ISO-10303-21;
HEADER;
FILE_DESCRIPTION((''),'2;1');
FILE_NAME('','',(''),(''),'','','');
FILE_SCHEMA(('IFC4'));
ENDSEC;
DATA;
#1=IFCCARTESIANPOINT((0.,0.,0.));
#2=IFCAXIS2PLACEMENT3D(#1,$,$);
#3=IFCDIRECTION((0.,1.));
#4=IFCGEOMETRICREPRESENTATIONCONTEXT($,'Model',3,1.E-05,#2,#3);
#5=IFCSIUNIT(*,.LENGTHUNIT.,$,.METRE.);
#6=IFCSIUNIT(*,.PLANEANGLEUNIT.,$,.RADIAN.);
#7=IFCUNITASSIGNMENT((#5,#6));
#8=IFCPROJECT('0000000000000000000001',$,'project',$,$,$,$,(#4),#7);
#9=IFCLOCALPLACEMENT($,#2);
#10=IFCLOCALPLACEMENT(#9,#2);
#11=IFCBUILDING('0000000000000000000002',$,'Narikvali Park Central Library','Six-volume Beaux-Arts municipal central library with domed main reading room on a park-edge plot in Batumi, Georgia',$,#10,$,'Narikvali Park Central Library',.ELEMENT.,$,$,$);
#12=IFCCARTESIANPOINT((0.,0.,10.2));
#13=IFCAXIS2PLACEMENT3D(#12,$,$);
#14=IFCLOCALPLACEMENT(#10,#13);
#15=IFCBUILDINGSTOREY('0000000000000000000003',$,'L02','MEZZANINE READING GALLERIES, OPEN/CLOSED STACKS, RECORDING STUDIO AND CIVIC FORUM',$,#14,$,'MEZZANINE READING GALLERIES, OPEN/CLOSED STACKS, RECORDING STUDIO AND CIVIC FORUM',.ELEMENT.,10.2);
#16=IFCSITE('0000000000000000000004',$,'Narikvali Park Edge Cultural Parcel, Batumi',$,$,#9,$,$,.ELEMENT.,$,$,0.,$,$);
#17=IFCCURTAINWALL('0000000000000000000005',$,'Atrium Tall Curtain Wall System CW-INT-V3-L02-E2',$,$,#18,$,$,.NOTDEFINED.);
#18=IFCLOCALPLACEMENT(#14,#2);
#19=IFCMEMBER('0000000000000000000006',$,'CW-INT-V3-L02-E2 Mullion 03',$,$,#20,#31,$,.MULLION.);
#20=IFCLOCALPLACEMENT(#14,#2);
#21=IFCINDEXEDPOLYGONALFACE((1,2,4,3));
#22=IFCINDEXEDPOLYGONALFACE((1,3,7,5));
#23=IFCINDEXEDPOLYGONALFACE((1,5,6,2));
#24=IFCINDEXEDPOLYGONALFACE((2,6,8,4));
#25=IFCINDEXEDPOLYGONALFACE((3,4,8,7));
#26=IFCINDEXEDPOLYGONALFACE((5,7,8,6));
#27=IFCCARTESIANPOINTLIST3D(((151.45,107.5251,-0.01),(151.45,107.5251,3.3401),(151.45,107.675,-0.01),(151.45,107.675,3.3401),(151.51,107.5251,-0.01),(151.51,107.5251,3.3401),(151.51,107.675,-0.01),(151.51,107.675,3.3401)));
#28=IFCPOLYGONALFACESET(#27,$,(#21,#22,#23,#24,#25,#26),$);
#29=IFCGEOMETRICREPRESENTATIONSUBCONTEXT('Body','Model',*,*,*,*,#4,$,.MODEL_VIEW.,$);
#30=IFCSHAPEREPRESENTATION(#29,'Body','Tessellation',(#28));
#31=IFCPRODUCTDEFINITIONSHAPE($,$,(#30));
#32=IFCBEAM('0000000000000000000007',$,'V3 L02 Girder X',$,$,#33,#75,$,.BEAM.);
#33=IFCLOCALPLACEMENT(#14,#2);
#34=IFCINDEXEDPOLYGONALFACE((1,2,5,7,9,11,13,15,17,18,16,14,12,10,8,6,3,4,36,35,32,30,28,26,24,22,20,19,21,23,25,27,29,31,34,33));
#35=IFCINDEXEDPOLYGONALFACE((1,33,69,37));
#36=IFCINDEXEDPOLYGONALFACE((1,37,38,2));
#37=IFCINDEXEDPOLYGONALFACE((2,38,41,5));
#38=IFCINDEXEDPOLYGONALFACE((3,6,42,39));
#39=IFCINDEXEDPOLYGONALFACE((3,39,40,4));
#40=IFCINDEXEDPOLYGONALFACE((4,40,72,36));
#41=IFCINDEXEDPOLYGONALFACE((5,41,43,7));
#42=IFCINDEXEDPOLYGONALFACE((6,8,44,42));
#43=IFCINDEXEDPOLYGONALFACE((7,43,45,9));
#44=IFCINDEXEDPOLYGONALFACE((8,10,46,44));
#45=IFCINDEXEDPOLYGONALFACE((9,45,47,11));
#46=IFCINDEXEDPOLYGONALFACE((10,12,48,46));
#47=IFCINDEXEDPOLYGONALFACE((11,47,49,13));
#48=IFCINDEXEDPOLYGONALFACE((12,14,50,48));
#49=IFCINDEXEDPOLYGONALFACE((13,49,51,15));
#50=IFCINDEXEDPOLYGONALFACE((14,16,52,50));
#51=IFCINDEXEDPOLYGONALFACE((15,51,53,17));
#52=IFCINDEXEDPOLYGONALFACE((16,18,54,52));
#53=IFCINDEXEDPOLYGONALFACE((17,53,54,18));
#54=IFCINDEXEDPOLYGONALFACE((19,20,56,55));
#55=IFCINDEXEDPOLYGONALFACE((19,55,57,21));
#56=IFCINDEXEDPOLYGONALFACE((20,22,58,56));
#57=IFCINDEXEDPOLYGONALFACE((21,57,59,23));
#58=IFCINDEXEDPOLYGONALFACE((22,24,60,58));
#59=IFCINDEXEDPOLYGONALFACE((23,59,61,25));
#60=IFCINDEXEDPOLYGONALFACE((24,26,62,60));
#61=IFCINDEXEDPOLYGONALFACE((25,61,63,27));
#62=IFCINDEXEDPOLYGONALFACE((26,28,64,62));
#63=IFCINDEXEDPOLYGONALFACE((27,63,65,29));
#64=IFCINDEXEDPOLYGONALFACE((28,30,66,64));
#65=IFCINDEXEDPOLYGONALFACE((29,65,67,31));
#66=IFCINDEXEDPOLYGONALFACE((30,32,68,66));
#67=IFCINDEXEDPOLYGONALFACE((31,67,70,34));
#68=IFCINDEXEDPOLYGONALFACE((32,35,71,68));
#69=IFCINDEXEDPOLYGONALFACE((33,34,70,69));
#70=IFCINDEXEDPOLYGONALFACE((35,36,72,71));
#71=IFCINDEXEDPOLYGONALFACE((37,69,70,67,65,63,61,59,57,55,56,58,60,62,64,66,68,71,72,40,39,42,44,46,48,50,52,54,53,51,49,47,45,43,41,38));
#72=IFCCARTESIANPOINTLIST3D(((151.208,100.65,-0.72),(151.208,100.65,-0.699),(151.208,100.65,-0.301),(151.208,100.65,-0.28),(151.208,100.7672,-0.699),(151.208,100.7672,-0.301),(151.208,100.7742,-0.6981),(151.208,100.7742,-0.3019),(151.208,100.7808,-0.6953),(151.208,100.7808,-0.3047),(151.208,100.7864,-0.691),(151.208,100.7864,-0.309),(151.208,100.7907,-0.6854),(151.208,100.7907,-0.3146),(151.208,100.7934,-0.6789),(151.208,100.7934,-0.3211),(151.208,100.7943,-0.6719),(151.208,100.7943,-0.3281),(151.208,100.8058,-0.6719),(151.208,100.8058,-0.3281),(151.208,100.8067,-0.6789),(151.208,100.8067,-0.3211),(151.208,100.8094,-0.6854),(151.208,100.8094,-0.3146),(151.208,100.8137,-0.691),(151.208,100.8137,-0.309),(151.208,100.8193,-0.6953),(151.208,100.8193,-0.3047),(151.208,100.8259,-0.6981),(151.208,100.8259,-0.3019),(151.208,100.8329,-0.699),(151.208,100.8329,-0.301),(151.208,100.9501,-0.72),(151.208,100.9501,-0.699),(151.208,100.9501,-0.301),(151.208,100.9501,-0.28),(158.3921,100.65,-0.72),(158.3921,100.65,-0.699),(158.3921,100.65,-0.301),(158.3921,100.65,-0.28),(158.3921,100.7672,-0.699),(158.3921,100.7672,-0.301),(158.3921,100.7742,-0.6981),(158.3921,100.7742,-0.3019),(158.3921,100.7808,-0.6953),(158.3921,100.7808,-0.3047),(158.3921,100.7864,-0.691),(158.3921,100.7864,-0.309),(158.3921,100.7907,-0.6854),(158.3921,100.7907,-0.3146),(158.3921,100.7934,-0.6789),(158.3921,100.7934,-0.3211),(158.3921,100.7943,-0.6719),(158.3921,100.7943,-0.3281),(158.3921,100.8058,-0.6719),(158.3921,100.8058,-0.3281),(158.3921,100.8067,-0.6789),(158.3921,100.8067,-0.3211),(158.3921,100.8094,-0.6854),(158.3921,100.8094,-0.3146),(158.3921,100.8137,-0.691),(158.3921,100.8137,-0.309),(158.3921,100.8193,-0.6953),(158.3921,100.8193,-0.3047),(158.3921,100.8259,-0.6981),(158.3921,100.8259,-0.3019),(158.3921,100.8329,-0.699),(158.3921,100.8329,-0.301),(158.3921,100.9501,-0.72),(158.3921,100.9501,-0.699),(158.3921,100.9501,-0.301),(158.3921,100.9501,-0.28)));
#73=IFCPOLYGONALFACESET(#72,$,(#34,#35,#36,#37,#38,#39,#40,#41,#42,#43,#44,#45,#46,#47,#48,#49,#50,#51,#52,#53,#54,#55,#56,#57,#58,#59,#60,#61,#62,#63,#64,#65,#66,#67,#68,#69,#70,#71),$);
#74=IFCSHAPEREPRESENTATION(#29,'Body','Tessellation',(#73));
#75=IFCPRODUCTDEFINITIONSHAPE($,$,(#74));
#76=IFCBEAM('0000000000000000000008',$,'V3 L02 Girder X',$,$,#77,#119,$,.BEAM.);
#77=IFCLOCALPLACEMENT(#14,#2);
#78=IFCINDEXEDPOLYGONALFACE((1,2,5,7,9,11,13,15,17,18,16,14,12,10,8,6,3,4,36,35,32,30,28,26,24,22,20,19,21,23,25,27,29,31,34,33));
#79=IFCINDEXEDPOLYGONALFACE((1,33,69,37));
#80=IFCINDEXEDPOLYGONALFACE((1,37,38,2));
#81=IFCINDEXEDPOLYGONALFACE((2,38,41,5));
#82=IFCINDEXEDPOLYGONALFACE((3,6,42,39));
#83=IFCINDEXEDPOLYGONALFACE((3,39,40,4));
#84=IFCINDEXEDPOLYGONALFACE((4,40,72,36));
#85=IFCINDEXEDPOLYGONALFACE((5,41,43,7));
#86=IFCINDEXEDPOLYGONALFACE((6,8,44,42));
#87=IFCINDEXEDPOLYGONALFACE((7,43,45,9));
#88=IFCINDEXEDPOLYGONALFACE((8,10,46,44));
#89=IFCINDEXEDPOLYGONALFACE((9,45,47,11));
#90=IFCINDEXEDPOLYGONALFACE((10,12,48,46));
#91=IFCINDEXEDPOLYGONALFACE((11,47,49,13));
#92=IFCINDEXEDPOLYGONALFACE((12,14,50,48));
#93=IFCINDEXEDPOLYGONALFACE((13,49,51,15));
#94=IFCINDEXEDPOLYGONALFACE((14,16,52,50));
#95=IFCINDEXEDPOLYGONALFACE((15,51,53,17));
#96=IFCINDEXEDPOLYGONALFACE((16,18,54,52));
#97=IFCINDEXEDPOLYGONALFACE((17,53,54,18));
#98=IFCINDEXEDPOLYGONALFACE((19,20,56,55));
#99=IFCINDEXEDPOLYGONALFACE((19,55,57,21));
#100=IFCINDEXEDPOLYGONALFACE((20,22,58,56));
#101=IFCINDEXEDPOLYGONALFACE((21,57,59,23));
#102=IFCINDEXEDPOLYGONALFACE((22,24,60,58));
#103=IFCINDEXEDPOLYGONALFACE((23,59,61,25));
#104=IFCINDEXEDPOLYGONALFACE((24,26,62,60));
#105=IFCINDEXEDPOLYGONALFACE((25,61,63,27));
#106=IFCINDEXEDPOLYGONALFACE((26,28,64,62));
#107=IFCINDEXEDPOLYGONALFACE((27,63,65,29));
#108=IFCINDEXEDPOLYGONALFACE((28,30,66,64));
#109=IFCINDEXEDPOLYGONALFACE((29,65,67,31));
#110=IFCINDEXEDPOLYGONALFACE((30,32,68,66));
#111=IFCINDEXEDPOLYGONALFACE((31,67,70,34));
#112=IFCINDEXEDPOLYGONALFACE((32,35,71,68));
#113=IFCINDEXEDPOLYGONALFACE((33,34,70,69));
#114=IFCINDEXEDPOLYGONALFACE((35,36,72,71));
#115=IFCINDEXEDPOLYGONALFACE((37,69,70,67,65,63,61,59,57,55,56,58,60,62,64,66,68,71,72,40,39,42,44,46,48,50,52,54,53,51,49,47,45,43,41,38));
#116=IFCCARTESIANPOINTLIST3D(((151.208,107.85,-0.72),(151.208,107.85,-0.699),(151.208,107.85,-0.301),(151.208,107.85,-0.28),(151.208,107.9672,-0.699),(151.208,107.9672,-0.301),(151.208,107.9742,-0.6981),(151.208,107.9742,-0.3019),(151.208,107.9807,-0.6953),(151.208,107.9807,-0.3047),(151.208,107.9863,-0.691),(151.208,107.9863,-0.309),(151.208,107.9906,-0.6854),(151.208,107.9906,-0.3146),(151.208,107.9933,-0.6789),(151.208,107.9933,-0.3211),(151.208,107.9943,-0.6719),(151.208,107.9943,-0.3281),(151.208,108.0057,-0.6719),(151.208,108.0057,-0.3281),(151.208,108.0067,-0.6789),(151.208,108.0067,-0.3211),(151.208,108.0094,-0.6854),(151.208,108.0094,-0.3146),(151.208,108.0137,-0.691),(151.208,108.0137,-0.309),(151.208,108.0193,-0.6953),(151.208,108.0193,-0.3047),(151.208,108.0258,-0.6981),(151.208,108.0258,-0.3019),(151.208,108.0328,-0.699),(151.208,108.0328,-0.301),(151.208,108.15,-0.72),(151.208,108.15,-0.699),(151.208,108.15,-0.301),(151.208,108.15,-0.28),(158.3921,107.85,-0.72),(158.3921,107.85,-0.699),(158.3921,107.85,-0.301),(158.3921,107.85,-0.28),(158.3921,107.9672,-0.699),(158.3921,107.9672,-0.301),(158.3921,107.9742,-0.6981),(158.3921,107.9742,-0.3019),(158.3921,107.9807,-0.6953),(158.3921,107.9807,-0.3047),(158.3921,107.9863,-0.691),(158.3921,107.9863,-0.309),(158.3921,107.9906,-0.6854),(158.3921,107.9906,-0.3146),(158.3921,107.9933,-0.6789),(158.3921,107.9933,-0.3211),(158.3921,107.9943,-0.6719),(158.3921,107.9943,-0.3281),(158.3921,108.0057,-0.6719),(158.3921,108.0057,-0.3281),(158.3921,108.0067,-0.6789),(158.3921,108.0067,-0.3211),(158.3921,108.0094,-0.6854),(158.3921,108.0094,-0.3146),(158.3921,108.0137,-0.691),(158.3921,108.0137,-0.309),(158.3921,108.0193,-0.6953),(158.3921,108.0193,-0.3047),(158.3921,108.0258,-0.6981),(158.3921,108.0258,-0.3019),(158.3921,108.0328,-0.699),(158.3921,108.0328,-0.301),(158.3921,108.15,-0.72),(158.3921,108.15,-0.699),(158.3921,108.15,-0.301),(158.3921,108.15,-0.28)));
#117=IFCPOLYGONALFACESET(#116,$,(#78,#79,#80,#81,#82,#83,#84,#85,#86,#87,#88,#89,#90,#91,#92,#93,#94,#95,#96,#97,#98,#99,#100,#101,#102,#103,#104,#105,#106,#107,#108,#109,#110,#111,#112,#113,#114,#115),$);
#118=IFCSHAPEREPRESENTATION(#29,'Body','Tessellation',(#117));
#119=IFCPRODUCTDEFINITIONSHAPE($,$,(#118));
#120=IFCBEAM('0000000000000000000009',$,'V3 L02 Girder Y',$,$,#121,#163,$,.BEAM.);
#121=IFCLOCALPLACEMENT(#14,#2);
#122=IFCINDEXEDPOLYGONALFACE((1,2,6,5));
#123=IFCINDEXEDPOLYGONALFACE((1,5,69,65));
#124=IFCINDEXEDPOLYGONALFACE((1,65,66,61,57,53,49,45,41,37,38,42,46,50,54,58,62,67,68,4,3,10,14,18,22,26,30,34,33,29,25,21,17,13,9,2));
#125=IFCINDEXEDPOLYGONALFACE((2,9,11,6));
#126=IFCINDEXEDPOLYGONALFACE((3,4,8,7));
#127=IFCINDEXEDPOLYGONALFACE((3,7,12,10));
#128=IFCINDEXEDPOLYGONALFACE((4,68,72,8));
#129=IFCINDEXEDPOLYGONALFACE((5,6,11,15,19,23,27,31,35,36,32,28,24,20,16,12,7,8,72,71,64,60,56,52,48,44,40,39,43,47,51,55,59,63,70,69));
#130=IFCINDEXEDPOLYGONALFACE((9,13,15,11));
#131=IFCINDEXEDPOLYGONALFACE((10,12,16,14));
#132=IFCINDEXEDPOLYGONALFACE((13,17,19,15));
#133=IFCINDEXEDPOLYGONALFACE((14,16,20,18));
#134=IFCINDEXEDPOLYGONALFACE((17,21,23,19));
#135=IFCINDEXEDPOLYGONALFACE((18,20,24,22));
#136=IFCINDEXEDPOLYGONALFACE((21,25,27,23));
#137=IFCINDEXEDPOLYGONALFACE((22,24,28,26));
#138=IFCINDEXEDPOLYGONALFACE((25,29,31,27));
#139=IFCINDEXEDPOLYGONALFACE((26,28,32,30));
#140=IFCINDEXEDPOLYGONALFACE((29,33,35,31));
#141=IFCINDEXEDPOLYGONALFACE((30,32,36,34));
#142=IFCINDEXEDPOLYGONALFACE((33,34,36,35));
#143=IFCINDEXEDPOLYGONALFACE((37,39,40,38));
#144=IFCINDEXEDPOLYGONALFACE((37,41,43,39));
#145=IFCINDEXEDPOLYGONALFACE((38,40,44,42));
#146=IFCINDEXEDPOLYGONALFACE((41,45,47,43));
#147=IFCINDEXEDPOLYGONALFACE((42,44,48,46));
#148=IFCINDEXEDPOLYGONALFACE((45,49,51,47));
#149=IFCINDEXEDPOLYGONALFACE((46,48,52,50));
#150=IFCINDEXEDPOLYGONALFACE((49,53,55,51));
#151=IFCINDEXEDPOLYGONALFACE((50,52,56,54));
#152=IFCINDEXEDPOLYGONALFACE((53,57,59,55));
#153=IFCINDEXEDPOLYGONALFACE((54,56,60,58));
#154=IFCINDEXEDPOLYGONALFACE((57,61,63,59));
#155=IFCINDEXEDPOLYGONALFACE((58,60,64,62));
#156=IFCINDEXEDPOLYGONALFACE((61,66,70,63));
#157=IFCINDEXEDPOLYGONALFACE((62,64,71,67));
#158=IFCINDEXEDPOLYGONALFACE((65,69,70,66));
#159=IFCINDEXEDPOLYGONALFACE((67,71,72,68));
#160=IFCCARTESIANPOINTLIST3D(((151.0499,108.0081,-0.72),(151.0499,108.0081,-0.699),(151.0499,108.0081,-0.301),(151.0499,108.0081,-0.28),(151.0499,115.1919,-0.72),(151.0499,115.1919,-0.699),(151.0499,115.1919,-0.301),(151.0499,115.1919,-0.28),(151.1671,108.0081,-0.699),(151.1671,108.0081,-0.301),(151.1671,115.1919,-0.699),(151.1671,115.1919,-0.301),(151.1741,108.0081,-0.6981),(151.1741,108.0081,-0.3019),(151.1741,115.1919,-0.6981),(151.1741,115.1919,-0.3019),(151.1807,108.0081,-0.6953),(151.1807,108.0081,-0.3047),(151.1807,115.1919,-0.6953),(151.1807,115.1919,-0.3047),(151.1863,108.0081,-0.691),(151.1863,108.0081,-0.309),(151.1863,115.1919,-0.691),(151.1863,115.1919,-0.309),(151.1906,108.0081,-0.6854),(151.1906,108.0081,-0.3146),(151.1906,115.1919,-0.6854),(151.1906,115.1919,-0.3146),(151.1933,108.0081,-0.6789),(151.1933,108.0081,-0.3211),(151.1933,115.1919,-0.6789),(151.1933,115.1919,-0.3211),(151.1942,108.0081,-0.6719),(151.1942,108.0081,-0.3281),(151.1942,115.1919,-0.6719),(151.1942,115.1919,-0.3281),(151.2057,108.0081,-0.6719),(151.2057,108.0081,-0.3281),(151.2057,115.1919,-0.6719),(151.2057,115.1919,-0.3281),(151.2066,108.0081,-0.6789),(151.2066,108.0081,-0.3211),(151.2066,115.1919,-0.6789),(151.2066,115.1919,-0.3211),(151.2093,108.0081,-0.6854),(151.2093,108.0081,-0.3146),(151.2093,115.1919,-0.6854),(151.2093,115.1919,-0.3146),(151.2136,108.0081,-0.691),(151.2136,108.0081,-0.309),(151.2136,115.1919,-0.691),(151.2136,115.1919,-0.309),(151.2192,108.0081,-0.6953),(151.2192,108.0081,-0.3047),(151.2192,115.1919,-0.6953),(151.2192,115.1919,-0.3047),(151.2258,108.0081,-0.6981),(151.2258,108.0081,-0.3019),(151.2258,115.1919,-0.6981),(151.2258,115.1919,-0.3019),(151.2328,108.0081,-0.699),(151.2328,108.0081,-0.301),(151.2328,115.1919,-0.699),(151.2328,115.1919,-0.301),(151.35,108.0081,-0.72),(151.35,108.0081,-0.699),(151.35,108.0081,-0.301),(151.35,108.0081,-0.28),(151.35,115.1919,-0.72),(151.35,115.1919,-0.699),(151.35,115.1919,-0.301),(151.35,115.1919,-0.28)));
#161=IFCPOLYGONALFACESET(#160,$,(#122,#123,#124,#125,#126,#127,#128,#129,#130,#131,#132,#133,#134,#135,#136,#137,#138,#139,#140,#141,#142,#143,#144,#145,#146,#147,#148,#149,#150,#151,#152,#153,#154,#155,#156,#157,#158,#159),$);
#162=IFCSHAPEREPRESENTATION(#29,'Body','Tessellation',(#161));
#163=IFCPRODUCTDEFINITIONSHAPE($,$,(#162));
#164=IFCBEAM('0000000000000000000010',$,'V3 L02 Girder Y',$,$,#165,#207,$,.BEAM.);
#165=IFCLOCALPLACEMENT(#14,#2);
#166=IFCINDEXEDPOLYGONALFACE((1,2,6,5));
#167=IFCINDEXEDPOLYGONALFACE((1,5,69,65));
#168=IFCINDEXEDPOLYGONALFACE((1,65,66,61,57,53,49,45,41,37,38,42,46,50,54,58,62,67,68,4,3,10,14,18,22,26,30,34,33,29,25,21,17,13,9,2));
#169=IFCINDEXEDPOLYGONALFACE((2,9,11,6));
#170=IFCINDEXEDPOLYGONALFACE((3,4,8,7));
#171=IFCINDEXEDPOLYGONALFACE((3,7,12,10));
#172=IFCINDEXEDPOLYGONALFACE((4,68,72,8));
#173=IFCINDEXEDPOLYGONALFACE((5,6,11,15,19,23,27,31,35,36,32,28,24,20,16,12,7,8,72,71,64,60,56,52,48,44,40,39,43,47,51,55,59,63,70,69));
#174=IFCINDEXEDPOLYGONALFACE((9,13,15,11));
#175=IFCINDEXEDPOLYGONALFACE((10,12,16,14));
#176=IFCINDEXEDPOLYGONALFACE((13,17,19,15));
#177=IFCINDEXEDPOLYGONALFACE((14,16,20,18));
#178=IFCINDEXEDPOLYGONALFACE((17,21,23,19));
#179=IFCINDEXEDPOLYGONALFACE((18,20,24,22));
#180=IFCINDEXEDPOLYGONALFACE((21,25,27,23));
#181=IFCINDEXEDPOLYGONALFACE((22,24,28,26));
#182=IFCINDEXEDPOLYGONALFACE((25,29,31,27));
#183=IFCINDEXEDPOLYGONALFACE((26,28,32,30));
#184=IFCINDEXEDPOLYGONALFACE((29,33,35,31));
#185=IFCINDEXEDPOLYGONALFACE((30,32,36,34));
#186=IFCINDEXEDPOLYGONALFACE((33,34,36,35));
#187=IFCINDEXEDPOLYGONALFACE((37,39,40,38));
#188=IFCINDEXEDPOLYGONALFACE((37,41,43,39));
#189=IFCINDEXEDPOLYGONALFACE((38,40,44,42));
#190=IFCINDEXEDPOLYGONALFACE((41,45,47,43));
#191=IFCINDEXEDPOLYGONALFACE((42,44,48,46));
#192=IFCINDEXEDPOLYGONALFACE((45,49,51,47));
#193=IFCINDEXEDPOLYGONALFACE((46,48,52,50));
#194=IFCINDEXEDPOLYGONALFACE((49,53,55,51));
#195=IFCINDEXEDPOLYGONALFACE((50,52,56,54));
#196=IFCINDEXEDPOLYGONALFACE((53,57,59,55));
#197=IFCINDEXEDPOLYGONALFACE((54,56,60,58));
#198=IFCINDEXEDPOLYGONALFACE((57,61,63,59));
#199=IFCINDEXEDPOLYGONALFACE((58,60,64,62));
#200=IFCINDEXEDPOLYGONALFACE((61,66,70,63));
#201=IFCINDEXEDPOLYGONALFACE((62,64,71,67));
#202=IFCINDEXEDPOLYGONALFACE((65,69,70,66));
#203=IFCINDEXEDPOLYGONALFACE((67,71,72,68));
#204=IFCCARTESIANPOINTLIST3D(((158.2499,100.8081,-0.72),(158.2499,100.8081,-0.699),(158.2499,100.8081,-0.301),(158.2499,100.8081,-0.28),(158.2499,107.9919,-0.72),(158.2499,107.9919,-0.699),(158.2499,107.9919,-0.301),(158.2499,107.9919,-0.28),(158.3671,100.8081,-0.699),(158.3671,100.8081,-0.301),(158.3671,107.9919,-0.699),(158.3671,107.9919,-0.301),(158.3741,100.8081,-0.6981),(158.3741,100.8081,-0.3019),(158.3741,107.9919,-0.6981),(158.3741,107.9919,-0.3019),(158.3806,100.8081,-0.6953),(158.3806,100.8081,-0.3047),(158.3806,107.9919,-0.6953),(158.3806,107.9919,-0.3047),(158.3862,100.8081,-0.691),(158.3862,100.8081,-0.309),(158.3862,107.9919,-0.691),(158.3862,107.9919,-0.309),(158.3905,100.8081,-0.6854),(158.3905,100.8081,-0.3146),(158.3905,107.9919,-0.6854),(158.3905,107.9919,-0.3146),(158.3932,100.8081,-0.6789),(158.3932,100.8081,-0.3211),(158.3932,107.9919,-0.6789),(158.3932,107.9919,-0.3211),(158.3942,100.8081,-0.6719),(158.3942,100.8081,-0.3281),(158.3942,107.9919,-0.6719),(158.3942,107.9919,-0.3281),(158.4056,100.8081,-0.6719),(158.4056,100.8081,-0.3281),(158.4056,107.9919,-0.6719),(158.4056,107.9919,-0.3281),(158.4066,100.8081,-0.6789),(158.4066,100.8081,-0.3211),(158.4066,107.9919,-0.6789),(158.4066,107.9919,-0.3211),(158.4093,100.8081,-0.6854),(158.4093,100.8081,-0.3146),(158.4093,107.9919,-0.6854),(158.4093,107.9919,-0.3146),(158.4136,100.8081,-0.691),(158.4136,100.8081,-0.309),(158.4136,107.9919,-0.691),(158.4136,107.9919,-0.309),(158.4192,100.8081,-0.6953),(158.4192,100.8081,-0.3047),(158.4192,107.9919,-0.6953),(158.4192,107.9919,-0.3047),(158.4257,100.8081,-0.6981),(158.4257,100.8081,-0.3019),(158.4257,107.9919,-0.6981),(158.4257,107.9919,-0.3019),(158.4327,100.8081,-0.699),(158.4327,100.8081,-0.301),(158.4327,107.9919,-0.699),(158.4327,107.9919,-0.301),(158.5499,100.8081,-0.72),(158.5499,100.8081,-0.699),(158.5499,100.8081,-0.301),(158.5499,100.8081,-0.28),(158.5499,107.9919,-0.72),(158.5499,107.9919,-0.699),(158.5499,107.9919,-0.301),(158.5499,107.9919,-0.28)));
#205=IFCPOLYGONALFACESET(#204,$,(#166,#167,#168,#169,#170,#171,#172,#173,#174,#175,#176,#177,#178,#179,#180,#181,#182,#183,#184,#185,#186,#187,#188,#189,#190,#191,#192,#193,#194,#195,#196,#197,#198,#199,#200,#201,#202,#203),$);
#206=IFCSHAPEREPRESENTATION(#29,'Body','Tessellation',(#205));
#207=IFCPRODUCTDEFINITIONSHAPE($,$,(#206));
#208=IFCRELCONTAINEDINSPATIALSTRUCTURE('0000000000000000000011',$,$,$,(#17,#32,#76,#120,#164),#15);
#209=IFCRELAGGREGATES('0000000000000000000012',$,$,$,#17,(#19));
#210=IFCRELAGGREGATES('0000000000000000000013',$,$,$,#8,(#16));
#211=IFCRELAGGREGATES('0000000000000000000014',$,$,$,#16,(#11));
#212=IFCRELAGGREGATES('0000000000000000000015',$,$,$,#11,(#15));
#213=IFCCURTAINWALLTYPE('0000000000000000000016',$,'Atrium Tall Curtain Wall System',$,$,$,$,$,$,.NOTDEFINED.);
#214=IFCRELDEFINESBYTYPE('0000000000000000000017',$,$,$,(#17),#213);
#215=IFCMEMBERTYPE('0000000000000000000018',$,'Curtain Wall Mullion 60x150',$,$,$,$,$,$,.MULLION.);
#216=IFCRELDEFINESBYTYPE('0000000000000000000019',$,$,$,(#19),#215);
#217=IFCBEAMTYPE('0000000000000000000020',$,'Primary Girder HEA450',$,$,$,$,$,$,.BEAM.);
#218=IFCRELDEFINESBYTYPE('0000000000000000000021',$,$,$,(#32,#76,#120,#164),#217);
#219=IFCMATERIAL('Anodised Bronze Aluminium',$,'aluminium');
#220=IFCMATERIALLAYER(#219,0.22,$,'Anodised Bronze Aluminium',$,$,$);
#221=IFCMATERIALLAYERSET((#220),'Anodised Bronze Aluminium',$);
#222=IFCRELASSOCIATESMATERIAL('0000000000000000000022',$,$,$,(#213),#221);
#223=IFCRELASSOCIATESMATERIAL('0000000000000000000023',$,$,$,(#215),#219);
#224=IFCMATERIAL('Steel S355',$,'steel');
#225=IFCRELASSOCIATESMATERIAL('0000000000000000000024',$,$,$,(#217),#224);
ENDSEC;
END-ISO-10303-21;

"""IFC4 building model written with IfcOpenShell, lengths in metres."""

from ifc_helpers import new_model, si_unit, direction, frame, origin, origin_2d, place, context, subcontext, project, spatial, rectangle, i_section, extrude, material, layer, layer_set, material_profile, profile_set, type_object, element, aggregate, save


model = new_model("IFC4")

# Units and contexts
model_context = context("Model", 3, precision=1e-05, world=origin(), true_north=direction((0.0, 1.0)))
body_context = subcontext(model_context, "Body", "Model", "MODEL_VIEW")
ifc_project = project(units=[si_unit("LENGTHUNIT", "METRE"), si_unit("PLANEANGLEUNIT", "RADIAN")], contexts=[model_context])

# Site, building, storey
site_placement = place(None, origin())
site = spatial("IfcSite", under=ifc_project, at=site_placement, Name="Narikvali Park Edge Cultural Parcel, Batumi", CompositionType="ELEMENT", RefElevation=0.0)
building_placement = place(site_placement, origin())
building = spatial("IfcBuilding", under=site, at=building_placement, Name="Narikvali Park Central Library", Description="Six-volume Beaux-Arts municipal central library with domed main reading room on a park-edge plot in Batumi, Georgia", LongName="Narikvali Park Central Library", CompositionType="ELEMENT")
storey_placement = place(building_placement, frame((0.0, 0.0, 10.2)))
storey = spatial("IfcBuildingStorey", under=building, at=storey_placement, Name="L02", Description="MEZZANINE READING GALLERIES, OPEN/CLOSED STACKS, RECORDING STUDIO AND CIVIC FORUM", LongName="MEZZANINE READING GALLERIES, OPEN/CLOSED STACKS, RECORDING STUDIO AND CIVIC FORUM", CompositionType="ELEMENT", Elevation=10.2)

# Shared definitions
ifc_material_1 = material(Name="Steel S355", Category="steel")

# Curtain wall, member
ifc_material_2 = material(Name="Anodised Bronze Aluminium", Category="aluminium")
ifc_layer_1 = layer(ifc_material_2, 0.22, Name="Anodised Bronze Aluminium")
ifc_layer_set_1 = layer_set([ifc_layer_1], Name="Anodised Bronze Aluminium")
curtain_wall_type = type_object("IfcCurtainWallType", Name="Atrium Tall Curtain Wall System", PredefinedType="NOTDEFINED", material=ifc_layer_set_1)
curtain_wall_placement = place(storey_placement, origin())
curtain_wall = element("IfcCurtainWall", 1, at=curtain_wall_placement, inside=storey, type_object=curtain_wall_type, Name="Atrium Tall Curtain Wall System CW-INT-V3-L02-E2", PredefinedType="NOTDEFINED")
ifc_material_profile_1 = material_profile(ifc_material_2, rectangle(XDim=0.0601, YDim=0.1499, at=origin_2d()), Name="CW MULLION 60x150")
ifc_profile_set_1 = profile_set([ifc_material_profile_1], Name="Anodised Bronze Aluminium")
member_type_1 = type_object("IfcMemberType", Name="Curtain Wall Mullion 60x150", PredefinedType="MULLION", material=ifc_profile_set_1)
member_1_placement = place(storey_placement, frame((151.48, 107.6001, -0.01), z_axis=(0.0, 0.0, 1.0), x_axis=(1.0, 0.0, 0.0)))
member_1 = element("IfcMember", 2, at=member_1_placement, type_object=member_type_1, Name="CW-INT-V3-L02-E2 Mullion 03", PredefinedType="MULLION", context=body_context, shape_type="SweptSolid", body=[
    extrude(rectangle(XDim=0.0601, YDim=0.1499, at=origin_2d()), origin(), (0.0, 0.0, 1.0), 3.3501),
])

# Beams
ifc_material_profile_2 = material_profile(ifc_material_1, i_section(OverallWidth=0.3, OverallDepth=0.4399, WebThickness=0.0115, FlangeThickness=0.021, FilletRadius=0.0271, at=origin_2d()), Name="HEA 450")
ifc_profile_set_2 = profile_set([ifc_material_profile_2], Name="Steel S355")
beam_type_1 = type_object("IfcBeamType", Name="Primary Girder HEA450", PredefinedType="BEAM", material=ifc_profile_set_2)
for number, where, z_axis, x_axis, name in (
    (3, (151.208, 100.8, -0.5), (1.0, 0.0, 0.0), (0.0, 1.0, 0.0), "V3 L02 Girder X"),
    (4, (151.208, 108.0, -0.5), (1.0, 0.0, 0.0), (0.0, 1.0, 0.0), "V3 L02 Girder X"),
):
    element("IfcBeam", number, at=place(storey_placement, frame(where, z_axis=z_axis, x_axis=x_axis)), inside=storey, type_object=beam_type_1, Name=name, PredefinedType="BEAM", context=body_context, shape_type="SweptSolid", body=[
        extrude(i_section(OverallWidth=0.3, OverallDepth=0.4399, WebThickness=0.0115, FlangeThickness=0.021, FilletRadius=0.0271, at=origin_2d()), origin(), (0.0, 0.0, 1.0), 7.1841),
    ])
for number, where, z_axis, x_axis, name in (
    (5, (151.2, 108.0081, -0.5), (0.0, 1.0, 0.0), (-1.0, 0.0, 0.0), "V3 L02 Girder Y"),
    (6, (158.3999, 100.8081, -0.5), (0.0, 1.0, 0.0), (-1.0, 0.0, 0.0), "V3 L02 Girder Y"),
):
    element("IfcBeam", number, at=place(storey_placement, frame(where, z_axis=z_axis, x_axis=x_axis)), inside=storey, type_object=beam_type_1, Name=name, PredefinedType="BEAM", context=body_context, shape_type="SweptSolid", body=[
        extrude(i_section(OverallWidth=0.3, OverallDepth=0.4399, WebThickness=0.0115, FlangeThickness=0.021, FilletRadius=0.0271, at=origin_2d()), origin(), (0.0, 0.0, 1.0), 7.1838),
    ])

aggregate(curtain_wall, [member_1])

save(model, "model.ifc")
